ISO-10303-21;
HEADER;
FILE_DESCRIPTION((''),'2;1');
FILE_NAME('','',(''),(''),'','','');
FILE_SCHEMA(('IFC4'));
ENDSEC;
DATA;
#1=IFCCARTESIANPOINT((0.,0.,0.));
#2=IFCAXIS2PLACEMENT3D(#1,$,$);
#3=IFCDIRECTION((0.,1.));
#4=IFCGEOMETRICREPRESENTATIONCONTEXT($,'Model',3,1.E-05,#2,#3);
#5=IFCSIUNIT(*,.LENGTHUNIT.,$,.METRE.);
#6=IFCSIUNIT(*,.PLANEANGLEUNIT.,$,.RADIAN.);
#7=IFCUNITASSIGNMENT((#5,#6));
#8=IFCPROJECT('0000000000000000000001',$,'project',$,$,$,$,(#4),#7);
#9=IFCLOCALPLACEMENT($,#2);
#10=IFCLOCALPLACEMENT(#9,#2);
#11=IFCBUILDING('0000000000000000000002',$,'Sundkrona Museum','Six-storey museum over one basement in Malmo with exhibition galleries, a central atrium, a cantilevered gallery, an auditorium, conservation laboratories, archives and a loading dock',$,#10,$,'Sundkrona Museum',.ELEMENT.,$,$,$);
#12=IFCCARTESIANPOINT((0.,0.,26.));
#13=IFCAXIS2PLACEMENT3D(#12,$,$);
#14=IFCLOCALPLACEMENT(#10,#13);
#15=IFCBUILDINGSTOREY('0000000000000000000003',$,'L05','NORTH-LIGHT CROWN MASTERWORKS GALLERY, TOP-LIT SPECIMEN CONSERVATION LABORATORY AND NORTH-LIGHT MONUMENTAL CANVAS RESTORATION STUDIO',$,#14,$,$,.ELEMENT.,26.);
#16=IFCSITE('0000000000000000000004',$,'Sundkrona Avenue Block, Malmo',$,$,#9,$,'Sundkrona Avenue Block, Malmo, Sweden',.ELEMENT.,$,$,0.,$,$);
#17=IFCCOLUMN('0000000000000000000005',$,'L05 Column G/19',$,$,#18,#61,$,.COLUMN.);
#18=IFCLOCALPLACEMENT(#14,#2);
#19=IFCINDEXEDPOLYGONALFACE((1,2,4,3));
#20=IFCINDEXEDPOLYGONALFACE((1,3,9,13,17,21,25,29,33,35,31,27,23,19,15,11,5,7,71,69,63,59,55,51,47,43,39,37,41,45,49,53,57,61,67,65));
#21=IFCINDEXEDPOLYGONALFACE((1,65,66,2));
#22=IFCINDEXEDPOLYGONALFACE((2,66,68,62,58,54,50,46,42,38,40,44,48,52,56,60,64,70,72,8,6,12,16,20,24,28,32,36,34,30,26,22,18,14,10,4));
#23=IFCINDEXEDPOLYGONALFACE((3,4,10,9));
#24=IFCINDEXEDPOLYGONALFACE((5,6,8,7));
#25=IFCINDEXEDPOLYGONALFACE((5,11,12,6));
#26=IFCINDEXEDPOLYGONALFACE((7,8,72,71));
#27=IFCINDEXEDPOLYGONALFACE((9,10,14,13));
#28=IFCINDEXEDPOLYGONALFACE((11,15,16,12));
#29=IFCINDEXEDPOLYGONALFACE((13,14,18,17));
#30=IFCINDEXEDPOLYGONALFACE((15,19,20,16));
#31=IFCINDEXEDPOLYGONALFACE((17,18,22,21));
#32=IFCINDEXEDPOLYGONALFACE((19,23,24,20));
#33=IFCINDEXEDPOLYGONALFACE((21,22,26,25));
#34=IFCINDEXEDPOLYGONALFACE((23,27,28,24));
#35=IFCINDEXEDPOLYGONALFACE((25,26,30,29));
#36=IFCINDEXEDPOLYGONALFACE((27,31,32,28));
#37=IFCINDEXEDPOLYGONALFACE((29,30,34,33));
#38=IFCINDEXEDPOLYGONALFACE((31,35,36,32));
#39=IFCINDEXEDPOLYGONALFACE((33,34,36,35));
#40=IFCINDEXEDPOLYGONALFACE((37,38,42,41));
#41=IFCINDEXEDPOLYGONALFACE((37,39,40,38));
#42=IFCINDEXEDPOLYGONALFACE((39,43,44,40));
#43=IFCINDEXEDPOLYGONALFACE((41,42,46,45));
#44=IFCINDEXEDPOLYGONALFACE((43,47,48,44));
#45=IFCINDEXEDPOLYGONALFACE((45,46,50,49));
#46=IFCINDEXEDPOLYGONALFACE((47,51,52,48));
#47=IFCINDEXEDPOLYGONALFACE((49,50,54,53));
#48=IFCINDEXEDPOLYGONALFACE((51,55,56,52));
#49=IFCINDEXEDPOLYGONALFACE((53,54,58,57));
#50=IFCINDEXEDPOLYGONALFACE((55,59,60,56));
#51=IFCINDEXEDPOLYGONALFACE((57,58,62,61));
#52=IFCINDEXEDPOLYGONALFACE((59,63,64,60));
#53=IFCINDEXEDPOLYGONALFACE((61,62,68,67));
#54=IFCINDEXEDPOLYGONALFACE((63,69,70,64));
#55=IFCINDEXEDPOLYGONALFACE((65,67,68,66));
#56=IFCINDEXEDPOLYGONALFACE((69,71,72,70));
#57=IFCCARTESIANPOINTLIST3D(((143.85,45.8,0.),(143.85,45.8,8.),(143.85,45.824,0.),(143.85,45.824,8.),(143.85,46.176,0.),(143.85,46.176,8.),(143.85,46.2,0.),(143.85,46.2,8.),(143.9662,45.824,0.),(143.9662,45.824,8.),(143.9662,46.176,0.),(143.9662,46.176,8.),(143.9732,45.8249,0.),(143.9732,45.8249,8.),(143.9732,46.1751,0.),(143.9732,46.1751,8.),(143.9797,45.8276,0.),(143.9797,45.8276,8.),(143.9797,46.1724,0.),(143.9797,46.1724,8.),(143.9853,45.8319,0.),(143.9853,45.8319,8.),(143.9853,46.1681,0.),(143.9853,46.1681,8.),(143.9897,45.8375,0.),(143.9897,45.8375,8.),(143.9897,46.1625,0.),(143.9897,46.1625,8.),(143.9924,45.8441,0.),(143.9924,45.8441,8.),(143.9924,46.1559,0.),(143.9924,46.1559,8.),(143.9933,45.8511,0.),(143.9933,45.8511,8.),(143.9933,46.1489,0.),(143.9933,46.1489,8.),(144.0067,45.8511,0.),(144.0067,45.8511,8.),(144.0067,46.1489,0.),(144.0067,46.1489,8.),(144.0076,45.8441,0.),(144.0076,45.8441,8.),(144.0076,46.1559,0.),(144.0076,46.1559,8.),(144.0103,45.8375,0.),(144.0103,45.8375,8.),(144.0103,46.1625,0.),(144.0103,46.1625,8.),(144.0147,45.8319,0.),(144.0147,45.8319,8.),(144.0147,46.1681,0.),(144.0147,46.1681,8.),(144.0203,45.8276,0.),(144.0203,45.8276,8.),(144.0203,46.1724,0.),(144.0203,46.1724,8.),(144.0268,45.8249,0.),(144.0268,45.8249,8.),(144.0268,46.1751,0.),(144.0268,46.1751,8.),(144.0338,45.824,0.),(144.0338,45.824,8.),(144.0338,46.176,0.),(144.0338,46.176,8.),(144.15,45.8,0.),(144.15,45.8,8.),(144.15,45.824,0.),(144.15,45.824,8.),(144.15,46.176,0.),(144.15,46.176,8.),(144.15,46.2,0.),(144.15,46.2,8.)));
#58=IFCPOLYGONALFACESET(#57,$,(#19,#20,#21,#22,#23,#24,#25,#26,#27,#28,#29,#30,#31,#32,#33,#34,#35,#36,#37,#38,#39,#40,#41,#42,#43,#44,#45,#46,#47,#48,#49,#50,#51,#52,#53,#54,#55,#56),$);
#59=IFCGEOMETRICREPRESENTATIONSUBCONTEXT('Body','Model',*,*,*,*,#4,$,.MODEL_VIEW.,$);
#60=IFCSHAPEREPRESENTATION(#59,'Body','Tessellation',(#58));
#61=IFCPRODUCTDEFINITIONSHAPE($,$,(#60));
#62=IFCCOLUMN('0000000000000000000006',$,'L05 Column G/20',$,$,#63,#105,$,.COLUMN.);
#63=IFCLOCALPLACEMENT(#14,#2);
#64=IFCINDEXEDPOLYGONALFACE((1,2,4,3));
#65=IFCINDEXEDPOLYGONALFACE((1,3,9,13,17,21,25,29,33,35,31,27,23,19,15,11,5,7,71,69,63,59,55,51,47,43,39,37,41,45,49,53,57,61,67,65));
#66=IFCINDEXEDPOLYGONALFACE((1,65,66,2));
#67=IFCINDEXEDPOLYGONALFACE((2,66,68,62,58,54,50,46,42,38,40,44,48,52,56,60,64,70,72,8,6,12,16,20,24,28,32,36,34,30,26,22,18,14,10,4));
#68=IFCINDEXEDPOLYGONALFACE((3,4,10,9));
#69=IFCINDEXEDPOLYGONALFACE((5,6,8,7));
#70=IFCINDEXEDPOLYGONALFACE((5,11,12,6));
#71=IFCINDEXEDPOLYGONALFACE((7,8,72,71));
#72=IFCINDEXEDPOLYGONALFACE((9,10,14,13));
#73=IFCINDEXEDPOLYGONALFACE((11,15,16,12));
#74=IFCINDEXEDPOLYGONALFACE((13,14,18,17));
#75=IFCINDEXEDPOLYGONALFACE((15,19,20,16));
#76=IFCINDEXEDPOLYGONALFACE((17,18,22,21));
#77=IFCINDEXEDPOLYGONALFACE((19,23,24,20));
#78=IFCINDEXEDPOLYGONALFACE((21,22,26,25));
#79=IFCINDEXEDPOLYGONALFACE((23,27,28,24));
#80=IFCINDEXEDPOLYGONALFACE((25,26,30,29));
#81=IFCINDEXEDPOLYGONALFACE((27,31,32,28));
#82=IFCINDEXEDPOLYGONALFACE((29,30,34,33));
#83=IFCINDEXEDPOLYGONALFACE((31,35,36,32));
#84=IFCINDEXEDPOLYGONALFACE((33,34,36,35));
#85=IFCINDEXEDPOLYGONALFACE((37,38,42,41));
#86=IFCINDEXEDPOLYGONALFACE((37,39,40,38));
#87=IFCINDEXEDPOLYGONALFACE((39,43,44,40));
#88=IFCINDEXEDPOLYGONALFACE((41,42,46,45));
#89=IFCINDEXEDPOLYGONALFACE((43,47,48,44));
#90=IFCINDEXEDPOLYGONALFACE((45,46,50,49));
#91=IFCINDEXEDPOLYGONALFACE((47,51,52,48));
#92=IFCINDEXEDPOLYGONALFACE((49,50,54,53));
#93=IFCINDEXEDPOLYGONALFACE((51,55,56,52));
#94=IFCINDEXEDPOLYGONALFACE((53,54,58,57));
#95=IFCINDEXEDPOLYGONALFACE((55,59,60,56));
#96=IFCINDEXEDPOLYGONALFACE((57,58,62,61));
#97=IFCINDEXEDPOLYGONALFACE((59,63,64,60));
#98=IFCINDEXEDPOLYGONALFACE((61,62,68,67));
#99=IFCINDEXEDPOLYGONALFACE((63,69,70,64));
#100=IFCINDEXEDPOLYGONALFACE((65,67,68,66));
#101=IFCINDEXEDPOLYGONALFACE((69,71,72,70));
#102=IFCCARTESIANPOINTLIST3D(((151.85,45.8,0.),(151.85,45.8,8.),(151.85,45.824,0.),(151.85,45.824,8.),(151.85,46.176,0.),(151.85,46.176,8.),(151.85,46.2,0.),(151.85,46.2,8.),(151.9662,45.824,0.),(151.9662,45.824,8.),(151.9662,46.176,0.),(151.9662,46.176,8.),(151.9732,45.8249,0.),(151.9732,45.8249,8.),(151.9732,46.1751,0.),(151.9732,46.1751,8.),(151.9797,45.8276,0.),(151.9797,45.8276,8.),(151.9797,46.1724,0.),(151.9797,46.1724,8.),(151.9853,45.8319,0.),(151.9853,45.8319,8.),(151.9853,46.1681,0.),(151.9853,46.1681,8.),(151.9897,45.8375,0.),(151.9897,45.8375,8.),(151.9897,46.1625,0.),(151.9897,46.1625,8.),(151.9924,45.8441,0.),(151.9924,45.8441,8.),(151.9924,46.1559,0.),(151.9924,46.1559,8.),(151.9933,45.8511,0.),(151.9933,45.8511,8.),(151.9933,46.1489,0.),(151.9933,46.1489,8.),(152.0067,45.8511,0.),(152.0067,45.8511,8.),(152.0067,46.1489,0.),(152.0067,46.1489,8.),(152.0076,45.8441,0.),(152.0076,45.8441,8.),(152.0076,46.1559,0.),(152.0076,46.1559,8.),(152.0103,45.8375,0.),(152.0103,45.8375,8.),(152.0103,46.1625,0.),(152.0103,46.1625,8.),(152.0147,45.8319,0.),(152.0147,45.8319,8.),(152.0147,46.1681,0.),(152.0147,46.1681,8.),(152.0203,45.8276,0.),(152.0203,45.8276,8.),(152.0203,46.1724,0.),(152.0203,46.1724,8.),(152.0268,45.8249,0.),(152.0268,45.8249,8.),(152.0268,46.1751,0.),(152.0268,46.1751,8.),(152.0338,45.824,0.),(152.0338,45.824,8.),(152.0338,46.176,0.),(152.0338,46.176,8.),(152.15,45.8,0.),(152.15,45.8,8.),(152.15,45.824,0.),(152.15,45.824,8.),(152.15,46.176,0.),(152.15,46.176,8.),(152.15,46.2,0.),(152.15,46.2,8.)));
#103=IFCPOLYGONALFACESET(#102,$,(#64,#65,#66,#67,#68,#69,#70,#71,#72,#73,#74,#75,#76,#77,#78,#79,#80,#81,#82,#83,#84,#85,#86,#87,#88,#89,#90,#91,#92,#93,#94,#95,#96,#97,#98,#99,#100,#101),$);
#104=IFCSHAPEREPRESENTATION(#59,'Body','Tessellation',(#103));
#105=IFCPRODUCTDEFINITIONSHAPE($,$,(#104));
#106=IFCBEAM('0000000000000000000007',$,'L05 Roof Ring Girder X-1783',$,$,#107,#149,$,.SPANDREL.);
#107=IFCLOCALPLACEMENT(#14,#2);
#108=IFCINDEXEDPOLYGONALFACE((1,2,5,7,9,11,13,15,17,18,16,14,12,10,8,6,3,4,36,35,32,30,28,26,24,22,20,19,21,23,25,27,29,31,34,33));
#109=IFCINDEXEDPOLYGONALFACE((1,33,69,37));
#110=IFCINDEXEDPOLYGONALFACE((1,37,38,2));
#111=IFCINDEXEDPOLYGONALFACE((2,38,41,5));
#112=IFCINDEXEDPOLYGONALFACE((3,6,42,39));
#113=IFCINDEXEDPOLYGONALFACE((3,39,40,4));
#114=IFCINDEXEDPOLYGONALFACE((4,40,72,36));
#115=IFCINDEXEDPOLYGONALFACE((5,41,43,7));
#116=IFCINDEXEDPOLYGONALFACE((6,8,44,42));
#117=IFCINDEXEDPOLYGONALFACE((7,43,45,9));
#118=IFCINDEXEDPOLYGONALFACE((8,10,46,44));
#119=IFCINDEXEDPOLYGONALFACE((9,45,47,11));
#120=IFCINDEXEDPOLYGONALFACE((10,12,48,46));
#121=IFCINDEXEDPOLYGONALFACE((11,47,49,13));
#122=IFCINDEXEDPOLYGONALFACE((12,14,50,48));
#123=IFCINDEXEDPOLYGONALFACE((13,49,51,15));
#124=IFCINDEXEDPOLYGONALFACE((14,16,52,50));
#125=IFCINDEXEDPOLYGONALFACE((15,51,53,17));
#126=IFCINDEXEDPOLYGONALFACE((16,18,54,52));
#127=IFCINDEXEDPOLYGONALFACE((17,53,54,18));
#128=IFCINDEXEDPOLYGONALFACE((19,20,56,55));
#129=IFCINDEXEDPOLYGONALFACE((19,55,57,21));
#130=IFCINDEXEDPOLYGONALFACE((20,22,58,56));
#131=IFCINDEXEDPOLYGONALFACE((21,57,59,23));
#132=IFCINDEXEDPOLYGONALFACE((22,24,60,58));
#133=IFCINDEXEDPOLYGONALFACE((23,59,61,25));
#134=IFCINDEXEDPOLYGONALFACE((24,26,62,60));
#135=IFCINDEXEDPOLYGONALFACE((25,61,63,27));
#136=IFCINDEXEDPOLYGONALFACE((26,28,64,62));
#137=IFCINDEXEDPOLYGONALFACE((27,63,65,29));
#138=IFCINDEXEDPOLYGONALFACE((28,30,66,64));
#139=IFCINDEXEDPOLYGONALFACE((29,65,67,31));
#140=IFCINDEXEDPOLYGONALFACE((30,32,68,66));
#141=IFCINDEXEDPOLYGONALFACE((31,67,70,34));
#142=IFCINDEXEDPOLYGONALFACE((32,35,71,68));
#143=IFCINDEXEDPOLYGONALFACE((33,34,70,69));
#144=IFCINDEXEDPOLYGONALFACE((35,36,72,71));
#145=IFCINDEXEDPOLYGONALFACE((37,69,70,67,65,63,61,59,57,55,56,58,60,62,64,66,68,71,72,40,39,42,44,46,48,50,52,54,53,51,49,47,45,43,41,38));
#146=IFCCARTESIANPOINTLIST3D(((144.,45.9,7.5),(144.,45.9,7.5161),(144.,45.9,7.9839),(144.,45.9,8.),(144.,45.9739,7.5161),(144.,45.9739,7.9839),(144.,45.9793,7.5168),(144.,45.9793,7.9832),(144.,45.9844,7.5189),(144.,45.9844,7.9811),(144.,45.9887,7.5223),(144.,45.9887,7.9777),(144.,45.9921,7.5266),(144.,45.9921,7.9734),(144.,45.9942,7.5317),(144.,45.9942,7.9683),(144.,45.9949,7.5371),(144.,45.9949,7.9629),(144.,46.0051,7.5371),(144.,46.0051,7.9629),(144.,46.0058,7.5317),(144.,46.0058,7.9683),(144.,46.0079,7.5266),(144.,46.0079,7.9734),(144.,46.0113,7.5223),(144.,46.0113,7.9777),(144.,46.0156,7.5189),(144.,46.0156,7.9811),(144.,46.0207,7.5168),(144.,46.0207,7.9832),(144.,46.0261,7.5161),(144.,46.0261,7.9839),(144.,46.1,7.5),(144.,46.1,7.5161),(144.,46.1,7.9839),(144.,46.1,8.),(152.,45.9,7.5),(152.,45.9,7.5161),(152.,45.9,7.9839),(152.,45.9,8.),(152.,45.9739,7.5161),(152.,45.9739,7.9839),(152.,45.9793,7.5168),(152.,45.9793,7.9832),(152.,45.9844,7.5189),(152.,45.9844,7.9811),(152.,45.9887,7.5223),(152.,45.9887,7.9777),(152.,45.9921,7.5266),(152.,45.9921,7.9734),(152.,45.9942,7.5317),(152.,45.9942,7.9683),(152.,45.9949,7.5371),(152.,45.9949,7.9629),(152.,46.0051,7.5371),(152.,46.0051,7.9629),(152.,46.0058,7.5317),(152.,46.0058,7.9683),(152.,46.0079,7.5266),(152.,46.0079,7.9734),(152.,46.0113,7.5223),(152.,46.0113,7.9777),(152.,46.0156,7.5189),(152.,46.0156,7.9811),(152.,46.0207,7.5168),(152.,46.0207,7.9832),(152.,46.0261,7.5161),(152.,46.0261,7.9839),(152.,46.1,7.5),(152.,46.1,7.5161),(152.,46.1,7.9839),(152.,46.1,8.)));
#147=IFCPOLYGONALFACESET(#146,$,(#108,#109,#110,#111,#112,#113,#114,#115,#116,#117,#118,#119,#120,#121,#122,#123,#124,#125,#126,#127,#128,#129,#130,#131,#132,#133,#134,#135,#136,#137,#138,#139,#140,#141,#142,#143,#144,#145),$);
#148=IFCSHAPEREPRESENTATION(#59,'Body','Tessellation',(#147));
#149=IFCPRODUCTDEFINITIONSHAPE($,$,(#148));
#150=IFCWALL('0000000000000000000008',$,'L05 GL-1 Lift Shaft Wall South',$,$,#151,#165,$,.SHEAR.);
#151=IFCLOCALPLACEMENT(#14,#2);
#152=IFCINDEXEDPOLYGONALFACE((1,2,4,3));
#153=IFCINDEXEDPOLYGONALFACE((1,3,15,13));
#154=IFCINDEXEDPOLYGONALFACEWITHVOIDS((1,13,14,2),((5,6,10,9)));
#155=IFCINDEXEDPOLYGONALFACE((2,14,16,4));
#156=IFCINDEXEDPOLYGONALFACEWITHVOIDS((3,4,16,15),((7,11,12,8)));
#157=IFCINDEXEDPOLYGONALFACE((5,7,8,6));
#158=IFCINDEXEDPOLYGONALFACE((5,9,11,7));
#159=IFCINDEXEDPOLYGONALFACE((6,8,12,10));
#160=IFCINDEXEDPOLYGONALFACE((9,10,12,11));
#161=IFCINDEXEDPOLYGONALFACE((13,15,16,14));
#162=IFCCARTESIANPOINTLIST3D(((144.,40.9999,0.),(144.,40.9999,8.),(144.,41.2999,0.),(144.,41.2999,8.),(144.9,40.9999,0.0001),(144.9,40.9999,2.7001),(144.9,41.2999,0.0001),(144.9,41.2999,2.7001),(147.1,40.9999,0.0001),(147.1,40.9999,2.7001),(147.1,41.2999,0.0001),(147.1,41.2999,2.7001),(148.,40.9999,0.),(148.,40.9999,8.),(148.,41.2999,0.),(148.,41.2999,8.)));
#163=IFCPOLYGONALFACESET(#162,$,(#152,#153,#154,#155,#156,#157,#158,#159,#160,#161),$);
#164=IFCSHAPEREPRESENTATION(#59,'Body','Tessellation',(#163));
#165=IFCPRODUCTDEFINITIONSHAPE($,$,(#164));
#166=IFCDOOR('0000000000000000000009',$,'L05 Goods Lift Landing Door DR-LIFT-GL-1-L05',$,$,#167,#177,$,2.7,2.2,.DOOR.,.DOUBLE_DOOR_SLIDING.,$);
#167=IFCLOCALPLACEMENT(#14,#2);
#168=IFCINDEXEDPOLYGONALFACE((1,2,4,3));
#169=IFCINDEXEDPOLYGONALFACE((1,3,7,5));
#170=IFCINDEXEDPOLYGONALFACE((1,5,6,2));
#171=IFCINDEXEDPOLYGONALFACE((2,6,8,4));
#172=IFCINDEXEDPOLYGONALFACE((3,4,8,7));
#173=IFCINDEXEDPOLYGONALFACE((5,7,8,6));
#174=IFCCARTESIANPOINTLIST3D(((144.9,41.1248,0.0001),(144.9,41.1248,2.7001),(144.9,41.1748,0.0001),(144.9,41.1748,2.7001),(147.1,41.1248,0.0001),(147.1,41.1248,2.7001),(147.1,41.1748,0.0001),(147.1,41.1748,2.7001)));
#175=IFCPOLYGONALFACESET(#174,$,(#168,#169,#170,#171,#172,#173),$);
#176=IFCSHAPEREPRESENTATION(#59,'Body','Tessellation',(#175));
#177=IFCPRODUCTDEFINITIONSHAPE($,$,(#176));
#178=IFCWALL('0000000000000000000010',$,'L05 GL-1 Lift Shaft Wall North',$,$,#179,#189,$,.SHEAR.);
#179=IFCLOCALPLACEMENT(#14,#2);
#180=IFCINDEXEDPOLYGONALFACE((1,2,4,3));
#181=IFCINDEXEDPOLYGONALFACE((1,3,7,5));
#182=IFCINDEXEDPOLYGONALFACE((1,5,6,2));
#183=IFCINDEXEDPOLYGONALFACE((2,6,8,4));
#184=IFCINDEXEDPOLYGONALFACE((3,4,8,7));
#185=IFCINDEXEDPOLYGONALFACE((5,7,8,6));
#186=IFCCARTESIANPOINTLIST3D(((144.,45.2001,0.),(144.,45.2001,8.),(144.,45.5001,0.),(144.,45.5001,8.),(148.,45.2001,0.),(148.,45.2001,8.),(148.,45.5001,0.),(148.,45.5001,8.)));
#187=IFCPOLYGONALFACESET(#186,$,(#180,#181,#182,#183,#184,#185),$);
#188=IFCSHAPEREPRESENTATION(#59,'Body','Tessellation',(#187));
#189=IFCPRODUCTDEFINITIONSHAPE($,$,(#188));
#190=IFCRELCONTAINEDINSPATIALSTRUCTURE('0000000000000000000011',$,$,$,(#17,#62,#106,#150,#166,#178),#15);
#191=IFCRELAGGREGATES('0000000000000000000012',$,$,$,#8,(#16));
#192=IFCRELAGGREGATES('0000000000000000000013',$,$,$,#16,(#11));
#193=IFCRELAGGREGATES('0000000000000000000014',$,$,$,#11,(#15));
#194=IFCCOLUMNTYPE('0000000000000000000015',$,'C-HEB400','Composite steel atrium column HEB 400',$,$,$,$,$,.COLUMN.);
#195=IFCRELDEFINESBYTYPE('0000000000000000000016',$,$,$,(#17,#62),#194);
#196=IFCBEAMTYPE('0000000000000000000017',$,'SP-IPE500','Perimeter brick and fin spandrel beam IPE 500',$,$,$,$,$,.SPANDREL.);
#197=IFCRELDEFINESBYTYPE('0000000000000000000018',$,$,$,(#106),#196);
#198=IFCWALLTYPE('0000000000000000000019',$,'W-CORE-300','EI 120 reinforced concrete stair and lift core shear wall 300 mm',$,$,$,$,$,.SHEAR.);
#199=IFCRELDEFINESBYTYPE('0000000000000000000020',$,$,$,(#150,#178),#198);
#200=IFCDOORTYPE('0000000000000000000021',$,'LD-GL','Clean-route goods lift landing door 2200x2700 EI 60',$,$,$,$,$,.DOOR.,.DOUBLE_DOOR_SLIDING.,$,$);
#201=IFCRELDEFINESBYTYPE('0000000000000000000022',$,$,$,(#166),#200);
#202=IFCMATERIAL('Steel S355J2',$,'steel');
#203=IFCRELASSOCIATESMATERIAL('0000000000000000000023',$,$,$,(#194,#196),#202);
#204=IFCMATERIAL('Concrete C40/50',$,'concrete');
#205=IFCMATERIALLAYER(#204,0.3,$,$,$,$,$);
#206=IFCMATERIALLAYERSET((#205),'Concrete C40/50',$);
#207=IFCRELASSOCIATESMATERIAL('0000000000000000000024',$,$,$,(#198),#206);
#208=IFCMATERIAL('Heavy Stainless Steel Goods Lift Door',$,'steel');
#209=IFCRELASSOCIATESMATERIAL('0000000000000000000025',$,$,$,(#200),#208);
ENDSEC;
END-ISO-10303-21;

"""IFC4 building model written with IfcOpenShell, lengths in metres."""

from ifc_helpers import new_model, si_unit, direction, frame, frame_2d, origin, origin_2d, place, context, subcontext, project, spatial, rectangle, i_section, extrude, material, layer, layer_set, material_profile, profile_set, type_object, element, fill, save


model = new_model("IFC4")

# Units and contexts
model_context = context("Model", 3, precision=1e-05, world=origin(), true_north=direction((0.0, 1.0)))
body_context = subcontext(model_context, "Body", "Model", "MODEL_VIEW")
ifc_project = project(units=[si_unit("LENGTHUNIT", "METRE"), si_unit("PLANEANGLEUNIT", "RADIAN")], contexts=[model_context])

# Site, building, storey
site_placement = place(None, origin())
site = spatial("IfcSite", under=ifc_project, at=site_placement, Name="Sundkrona Avenue Block, Malmo", LongName="Sundkrona Avenue Block, Malmo, Sweden", CompositionType="ELEMENT", RefElevation=0.0)
building_placement = place(site_placement, origin())
building = spatial("IfcBuilding", under=site, at=building_placement, Name="Sundkrona Museum", Description="Six-storey museum over one basement in Malmo with exhibition galleries, a central atrium, a cantilevered gallery, an auditorium, conservation laboratories, archives and a loading dock", LongName="Sundkrona Museum", CompositionType="ELEMENT")
storey_placement = place(building_placement, frame((0.0, 0.0, 26.0)))
storey = spatial("IfcBuildingStorey", under=building, at=storey_placement, Name="L05", Description="NORTH-LIGHT CROWN MASTERWORKS GALLERY, TOP-LIT SPECIMEN CONSERVATION LABORATORY AND NORTH-LIGHT MONUMENTAL CANVAS RESTORATION STUDIO", CompositionType="ELEMENT", Elevation=26.0)

# Columns
ifc_material_1 = material(Name="Steel S355J2", Category="steel")
ifc_material_profile_1 = material_profile(ifc_material_1, i_section(OverallWidth=0.3, OverallDepth=0.3999, WebThickness=0.0134, FlangeThickness=0.0239, FilletRadius=0.0271, at=origin_2d()), Name="HEB 400")
ifc_profile_set_1 = profile_set([ifc_material_profile_1], Name="Steel S355J2")
column_type = type_object("IfcColumnType", Name="C-HEB400", Description="Composite steel atrium column HEB 400", PredefinedType="COLUMN", material=ifc_profile_set_1)
for number, where, z_axis, x_axis, name in (
    (1, (144.0, 46.0, 0.0), (0.0, 0.0, 1.0), (1.0, 0.0, 0.0), "L05 Column G/19"),
    (2, (152.0, 46.0, 0.0), (0.0, 0.0, 1.0), (1.0, 0.0, 0.0), "L05 Column G/20"),
):
    element("IfcColumn", number, at=place(storey_placement, frame(where, z_axis=z_axis, x_axis=x_axis)), inside=storey, type_object=column_type, Name=name, PredefinedType="COLUMN", context=body_context, shape_type="SweptSolid", body=[
        extrude(i_section(OverallWidth=0.3, OverallDepth=0.3999, WebThickness=0.0134, FlangeThickness=0.0239, FilletRadius=0.0271, at=origin_2d()), origin(), (0.0, 0.0, 1.0), 8.0),
    ])

# Beam
ifc_material_profile_2 = material_profile(ifc_material_1, i_section(OverallWidth=0.2, OverallDepth=0.5, WebThickness=0.0103, FlangeThickness=0.0161, FilletRadius=0.021, at=origin_2d()), Name="IPE 500")
ifc_profile_set_2 = profile_set([ifc_material_profile_2], Name="Steel S355J2")
beam_type = type_object("IfcBeamType", Name="SP-IPE500", Description="Perimeter brick and fin spandrel beam IPE 500", PredefinedType="SPANDREL", material=ifc_profile_set_2)
beam_placement = place(storey_placement, frame((144.0, 46.0, 7.75), z_axis=(1.0, 0.0, 0.0), x_axis=(0.0, 1.0, 0.0)))
element("IfcBeam", 3, at=beam_placement, inside=storey, type_object=beam_type, Name="L05 Roof Ring Girder X-1783", PredefinedType="SPANDREL", context=body_context, shape_type="SweptSolid", body=[
    extrude(i_section(OverallWidth=0.2, OverallDepth=0.5, WebThickness=0.0103, FlangeThickness=0.0161, FilletRadius=0.021, at=origin_2d()), origin(), (0.0, 0.0, 1.0), 8.0),
])

# Wall, opening, door
ifc_material_2 = material(Name="Concrete C40/50", Category="concrete")
ifc_layer_1 = layer(ifc_material_2, 0.3)
ifc_layer_set_1 = layer_set([ifc_layer_1], Name="Concrete C40/50")
wall_type_1 = type_object("IfcWallType", Name="W-CORE-300", Description="EI 120 reinforced concrete stair and lift core shear wall 300 mm", PredefinedType="SHEAR", material=ifc_layer_set_1)
wall_1_placement = place(storey_placement, frame((144.0, 41.1499, 0.0), z_axis=(0.0, 0.0, 1.0), x_axis=(1.0, 0.0, 0.0)))
wall_1 = element("IfcWall", 4, at=wall_1_placement, inside=storey, type_object=wall_type_1, Name="L05 GL-1 Lift Shaft Wall South", PredefinedType="SHEAR", context=body_context, shape_type="SweptSolid", body=[
    extrude(rectangle(XDim=4.0, YDim=0.3, at=frame_2d((2.0, 0.0))), origin(), (0.0, 0.0, 1.0), 8.0),
])
opening_1_placement = place(wall_1_placement, frame((0.8999, 0.0, 0.0)))
opening_1 = element("IfcOpeningElement", 5, at=opening_1_placement, cuts=wall_1, PredefinedType="OPENING", context=body_context, shape_type="SweptSolid", body=[
    extrude(rectangle(XDim=2.2, YDim=2.7, at=frame_2d((1.1001, 1.3501))), frame((0.0, 0.1599, 0.0), z_axis=(0.0, -1.0, 0.0), x_axis=(1.0, 0.0, 0.0)), (0.0, 0.0, 1.0), 0.3201),
])
ifc_material_3 = material(Name="Heavy Stainless Steel Goods Lift Door", Category="steel")
door_type_1 = type_object("IfcDoorType", Name="LD-GL", Description="Clean-route goods lift landing door 2200x2700 EI 60", OperationType="DOUBLE_DOOR_SLIDING", PredefinedType="DOOR", material=ifc_material_3)
door_1_placement = place(opening_1_placement, origin())
door_1 = element("IfcDoor", 6, at=door_1_placement, inside=storey, type_object=door_type_1, Name="L05 Goods Lift Landing Door DR-LIFT-GL-1-L05", OperationType="DOUBLE_DOOR_SLIDING", OverallHeight=2.7, OverallWidth=2.2, PredefinedType="DOOR", context=body_context, shape_type="SweptSolid", body=[
    extrude(rectangle(XDim=2.2, YDim=2.7, at=frame_2d((1.1001, 1.3501))), frame((0.0, 0.0249, 0.0), z_axis=(0.0, -1.0, 0.0), x_axis=(1.0, 0.0, 0.0)), (0.0, 0.0, 1.0), 0.05),
])
fill(opening_1, door_1)

# Wall
wall_2_placement = place(storey_placement, frame((144.0, 45.3501, 0.0), z_axis=(0.0, 0.0, 1.0), x_axis=(1.0, 0.0, 0.0)))
element("IfcWall", 7, at=wall_2_placement, inside=storey, type_object=wall_type_1, Name="L05 GL-1 Lift Shaft Wall North", PredefinedType="SHEAR", context=body_context, shape_type="SweptSolid", body=[
    extrude(rectangle(XDim=4.0, YDim=0.3, at=frame_2d((2.0, 0.0))), origin(), (0.0, 0.0, 1.0), 8.0),
])

save(model, "model.ifc")
